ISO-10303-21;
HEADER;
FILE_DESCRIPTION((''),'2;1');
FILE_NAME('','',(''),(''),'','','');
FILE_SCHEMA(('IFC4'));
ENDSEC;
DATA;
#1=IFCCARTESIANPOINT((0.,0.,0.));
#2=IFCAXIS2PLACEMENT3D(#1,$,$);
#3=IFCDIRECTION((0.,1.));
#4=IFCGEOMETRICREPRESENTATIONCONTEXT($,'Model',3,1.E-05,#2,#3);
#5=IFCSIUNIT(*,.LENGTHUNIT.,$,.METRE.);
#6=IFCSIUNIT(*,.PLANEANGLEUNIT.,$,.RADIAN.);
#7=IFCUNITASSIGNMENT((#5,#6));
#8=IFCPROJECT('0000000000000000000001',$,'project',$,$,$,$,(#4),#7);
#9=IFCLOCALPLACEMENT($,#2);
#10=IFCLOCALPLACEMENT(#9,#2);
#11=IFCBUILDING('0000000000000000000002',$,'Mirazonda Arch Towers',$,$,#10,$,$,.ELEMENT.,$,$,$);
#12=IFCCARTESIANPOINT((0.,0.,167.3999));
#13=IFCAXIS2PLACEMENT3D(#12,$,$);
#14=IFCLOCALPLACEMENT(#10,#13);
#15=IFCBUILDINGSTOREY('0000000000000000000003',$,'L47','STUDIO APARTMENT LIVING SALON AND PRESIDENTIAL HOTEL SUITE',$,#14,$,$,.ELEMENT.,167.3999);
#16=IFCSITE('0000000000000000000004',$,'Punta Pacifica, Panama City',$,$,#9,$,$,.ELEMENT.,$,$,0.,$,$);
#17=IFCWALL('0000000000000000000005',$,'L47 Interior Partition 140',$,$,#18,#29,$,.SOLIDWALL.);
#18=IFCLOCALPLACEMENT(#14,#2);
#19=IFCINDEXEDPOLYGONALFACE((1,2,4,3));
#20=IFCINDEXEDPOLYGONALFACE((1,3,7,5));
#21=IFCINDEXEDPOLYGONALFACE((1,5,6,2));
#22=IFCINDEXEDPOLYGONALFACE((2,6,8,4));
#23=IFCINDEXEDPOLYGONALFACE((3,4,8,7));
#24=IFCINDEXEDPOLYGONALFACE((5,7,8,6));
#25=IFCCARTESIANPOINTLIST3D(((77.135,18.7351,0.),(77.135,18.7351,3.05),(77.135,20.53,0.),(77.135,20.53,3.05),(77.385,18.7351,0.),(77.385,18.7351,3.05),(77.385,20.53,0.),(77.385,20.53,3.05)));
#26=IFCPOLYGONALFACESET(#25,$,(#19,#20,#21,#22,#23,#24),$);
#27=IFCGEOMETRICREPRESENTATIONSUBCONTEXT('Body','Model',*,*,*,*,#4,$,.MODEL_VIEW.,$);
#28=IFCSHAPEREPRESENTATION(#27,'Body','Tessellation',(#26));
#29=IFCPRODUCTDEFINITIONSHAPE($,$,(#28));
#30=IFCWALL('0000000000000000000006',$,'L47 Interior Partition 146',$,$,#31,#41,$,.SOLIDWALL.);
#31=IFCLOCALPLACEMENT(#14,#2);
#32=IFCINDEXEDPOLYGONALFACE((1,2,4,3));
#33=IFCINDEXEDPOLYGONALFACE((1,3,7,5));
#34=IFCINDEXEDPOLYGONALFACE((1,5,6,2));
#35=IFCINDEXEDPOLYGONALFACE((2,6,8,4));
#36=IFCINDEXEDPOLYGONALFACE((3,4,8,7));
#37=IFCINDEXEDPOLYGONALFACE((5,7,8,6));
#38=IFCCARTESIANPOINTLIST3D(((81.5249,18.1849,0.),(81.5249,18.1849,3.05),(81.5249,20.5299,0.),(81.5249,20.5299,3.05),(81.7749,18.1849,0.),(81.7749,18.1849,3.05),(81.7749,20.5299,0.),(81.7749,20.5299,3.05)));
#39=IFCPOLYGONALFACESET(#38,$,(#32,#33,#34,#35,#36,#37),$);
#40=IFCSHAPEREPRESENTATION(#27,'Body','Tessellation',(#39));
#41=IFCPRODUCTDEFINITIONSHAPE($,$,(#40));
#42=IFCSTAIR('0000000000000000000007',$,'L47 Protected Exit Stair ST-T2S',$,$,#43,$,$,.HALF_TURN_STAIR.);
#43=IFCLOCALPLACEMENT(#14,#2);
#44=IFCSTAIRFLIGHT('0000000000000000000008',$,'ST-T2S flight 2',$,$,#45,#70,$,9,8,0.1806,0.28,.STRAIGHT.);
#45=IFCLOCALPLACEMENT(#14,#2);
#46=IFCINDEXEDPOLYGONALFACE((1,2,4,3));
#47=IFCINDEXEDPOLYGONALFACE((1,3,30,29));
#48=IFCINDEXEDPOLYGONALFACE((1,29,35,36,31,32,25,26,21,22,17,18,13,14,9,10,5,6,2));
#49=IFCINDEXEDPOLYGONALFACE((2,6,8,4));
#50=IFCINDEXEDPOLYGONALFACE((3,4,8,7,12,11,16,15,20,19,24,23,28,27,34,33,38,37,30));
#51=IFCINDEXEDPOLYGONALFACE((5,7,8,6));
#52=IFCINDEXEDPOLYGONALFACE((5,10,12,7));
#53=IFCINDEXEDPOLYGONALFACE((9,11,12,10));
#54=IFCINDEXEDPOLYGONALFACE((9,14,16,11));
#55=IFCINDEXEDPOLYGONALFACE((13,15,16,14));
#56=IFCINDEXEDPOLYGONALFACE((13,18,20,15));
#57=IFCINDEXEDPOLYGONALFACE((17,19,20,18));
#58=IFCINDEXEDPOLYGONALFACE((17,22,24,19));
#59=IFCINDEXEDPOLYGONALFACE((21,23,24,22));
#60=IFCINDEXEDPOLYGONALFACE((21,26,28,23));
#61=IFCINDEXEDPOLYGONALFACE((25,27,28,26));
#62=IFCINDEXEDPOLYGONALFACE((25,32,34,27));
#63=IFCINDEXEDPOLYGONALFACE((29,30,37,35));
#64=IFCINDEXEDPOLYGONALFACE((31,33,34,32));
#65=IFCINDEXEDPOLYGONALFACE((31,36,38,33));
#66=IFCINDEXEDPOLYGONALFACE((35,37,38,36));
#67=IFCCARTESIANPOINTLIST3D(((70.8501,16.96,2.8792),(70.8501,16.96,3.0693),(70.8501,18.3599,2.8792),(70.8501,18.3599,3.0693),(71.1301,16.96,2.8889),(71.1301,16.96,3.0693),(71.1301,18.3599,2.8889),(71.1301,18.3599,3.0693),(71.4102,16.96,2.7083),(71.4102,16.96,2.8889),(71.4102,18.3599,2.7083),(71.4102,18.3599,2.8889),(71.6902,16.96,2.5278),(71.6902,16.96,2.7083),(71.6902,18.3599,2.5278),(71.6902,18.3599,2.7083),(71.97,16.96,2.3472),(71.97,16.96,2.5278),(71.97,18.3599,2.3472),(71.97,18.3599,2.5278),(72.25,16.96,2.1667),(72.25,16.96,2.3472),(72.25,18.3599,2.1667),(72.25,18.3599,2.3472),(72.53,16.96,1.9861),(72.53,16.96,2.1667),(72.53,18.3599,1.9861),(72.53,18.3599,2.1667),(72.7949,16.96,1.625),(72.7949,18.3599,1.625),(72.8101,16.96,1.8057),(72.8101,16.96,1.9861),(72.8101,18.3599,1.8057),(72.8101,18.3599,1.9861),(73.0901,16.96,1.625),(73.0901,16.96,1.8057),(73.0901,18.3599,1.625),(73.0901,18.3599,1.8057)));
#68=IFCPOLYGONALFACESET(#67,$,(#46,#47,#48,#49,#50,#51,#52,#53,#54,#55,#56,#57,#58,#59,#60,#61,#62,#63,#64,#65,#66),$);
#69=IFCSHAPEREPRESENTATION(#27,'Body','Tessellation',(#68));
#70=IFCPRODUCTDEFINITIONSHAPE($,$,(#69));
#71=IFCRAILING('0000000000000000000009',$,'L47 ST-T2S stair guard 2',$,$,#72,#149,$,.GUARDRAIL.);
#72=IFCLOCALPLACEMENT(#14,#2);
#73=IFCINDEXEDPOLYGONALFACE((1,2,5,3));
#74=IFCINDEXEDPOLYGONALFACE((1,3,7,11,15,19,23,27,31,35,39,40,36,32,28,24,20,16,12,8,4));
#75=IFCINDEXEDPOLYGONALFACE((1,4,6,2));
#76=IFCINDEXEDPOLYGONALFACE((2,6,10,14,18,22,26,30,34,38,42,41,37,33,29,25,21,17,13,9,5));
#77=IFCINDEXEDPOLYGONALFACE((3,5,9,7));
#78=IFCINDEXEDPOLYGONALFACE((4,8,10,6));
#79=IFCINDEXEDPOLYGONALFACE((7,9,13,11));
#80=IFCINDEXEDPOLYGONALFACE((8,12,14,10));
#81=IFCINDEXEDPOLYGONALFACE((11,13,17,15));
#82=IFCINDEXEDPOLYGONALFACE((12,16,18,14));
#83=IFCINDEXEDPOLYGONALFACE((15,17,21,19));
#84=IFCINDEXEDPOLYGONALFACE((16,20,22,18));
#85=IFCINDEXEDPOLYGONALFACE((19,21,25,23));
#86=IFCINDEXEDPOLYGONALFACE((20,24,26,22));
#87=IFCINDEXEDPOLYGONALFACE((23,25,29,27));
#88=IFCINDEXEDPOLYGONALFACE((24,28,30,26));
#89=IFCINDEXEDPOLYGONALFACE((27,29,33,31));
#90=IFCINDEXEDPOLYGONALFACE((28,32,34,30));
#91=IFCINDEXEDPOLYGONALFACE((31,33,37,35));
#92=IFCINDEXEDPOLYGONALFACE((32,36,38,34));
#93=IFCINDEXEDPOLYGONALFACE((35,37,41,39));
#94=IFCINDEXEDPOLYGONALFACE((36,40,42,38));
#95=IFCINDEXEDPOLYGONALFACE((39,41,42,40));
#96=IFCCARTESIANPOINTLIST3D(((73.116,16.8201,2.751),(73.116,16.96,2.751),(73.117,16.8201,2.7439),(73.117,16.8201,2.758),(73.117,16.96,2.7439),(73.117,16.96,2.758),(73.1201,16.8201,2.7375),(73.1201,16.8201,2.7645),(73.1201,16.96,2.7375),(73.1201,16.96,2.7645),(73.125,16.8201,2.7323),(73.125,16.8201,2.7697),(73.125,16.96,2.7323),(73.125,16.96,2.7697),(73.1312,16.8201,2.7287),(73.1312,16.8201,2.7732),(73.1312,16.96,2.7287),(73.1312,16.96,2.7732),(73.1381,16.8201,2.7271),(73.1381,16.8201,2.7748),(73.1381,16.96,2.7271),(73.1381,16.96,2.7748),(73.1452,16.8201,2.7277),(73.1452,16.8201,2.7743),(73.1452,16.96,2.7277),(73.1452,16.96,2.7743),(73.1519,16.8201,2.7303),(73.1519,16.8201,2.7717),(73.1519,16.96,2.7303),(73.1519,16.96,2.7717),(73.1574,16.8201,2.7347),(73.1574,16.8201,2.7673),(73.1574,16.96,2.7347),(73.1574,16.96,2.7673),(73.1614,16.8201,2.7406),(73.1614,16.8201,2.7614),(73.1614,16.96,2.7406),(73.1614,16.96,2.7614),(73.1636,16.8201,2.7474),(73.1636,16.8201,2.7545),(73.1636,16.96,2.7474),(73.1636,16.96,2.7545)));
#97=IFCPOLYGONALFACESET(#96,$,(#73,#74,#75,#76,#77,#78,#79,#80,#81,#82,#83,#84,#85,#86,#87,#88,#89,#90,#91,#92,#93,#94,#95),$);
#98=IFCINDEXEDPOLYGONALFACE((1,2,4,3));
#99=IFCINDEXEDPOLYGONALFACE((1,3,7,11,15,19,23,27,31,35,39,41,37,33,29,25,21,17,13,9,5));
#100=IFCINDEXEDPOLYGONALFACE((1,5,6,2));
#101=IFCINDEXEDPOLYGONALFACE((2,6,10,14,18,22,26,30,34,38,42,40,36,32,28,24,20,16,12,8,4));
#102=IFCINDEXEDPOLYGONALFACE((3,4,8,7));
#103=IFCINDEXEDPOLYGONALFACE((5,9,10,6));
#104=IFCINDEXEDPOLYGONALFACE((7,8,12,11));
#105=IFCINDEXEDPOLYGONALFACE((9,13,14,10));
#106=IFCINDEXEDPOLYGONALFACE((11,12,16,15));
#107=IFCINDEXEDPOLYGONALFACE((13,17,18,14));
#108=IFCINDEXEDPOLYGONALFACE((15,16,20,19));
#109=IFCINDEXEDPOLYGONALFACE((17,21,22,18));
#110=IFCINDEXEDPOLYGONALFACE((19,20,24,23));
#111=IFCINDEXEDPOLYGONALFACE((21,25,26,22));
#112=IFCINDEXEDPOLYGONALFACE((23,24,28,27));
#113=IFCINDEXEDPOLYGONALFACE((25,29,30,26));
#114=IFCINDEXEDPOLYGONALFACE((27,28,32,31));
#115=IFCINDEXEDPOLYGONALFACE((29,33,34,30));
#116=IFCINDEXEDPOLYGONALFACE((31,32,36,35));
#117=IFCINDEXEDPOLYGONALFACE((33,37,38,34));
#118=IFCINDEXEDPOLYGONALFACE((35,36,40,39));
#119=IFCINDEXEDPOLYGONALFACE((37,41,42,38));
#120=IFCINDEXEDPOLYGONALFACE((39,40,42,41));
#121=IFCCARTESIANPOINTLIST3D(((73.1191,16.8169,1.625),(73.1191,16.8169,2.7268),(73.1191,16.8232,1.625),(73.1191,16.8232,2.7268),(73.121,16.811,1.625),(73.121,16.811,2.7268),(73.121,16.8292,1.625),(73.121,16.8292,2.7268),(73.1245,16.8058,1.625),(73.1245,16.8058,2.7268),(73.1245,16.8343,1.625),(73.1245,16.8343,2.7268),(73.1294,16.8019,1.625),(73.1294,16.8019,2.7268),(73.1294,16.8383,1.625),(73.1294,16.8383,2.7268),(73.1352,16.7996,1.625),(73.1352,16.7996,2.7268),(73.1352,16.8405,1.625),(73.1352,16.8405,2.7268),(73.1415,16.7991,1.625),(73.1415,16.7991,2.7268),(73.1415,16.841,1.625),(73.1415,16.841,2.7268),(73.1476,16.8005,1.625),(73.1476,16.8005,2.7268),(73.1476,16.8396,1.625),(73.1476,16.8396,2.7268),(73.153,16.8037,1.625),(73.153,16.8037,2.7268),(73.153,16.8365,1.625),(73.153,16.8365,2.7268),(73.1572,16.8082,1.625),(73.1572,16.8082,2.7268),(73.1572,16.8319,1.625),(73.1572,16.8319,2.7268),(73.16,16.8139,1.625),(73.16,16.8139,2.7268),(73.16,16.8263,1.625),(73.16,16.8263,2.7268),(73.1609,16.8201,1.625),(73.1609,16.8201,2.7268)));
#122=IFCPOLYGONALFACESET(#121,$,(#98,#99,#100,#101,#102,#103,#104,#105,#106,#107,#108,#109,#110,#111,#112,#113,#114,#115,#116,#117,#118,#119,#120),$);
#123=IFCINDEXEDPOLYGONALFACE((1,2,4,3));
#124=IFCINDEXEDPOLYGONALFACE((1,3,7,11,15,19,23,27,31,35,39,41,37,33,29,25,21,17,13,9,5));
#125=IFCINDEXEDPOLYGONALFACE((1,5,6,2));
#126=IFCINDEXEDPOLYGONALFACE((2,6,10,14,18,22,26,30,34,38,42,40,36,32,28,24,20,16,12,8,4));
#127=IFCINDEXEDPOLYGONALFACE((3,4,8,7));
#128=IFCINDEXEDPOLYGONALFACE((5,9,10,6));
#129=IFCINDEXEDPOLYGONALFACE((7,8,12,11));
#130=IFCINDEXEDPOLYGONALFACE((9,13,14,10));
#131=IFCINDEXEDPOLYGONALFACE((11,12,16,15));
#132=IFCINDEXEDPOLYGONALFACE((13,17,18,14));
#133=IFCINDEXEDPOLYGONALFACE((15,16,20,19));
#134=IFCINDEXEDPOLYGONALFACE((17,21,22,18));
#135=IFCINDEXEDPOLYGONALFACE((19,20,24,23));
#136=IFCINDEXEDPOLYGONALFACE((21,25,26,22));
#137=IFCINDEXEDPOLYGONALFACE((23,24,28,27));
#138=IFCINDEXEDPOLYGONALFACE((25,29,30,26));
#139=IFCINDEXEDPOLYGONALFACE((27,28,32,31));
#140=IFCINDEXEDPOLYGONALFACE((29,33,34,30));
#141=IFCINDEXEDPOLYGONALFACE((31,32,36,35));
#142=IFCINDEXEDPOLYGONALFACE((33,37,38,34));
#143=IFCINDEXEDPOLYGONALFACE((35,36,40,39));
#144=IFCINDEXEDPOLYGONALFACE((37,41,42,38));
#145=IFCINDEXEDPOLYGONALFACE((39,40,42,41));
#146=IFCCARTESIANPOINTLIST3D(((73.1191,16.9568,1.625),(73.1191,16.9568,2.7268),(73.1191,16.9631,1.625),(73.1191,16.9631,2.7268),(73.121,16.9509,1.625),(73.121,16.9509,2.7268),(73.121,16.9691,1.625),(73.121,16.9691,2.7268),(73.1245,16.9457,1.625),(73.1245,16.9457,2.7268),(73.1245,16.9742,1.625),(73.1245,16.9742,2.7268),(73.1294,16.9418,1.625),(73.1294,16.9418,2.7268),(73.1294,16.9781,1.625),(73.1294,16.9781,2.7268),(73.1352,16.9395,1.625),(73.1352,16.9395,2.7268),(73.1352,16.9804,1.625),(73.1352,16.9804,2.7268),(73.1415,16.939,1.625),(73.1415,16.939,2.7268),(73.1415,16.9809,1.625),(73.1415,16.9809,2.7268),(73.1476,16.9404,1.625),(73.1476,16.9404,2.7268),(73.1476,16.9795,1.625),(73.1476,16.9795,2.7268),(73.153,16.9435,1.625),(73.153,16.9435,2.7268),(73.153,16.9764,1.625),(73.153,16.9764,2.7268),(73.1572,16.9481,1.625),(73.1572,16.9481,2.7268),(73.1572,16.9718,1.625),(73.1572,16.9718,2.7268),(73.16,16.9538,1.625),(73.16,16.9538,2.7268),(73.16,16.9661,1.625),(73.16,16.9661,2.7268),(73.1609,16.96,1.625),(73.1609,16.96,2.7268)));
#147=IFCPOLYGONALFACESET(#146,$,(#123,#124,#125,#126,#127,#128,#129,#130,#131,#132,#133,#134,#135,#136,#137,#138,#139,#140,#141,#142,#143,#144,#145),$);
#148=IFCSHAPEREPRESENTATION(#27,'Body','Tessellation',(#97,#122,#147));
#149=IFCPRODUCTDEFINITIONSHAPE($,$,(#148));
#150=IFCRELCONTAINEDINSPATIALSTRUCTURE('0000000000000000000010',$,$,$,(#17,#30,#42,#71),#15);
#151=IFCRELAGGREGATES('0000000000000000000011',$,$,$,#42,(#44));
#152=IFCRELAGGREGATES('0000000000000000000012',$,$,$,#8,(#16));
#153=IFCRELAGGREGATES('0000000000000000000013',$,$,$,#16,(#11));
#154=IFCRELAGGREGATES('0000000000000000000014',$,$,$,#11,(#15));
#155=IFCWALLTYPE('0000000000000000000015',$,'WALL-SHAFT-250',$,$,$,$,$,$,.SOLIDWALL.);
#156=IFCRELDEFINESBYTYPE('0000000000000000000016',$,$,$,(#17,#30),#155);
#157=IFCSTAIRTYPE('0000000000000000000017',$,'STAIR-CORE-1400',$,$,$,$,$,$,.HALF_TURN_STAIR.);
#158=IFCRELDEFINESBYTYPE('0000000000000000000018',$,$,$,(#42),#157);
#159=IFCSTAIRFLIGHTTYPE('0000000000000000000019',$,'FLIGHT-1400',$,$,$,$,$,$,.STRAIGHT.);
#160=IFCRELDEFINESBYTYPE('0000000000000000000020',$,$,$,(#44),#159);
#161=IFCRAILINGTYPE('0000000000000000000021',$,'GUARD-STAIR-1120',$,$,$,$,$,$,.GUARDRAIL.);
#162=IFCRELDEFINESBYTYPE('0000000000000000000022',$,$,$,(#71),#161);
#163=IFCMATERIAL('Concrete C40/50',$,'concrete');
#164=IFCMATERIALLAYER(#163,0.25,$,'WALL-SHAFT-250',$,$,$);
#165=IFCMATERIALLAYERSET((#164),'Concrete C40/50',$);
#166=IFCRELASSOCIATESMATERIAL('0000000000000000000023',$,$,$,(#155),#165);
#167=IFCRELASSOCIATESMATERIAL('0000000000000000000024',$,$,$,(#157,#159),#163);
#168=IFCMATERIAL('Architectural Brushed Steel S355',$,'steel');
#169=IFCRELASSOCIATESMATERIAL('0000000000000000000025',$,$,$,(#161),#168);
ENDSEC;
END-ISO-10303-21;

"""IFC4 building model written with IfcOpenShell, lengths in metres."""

from ifc_helpers import new_model, si_unit, direction, frame, frame_2d, origin, origin_2d, place, context, subcontext, project, spatial, polyline, rectangle, circle, outline, extrude, material, layer, layer_set, type_object, element, aggregate, save


model = new_model("IFC4")

# Units and contexts
model_context = context("Model", 3, precision=1e-05, world=origin(), true_north=direction((0.0, 1.0)))
body_context = subcontext(model_context, "Body", "Model", "MODEL_VIEW")
ifc_project = project(units=[si_unit("LENGTHUNIT", "METRE"), si_unit("PLANEANGLEUNIT", "RADIAN")], contexts=[model_context])

# Site, building, storey
site_placement = place(None, origin())
site = spatial("IfcSite", under=ifc_project, at=site_placement, Name="Punta Pacifica, Panama City", CompositionType="ELEMENT", RefElevation=0.0)
building_placement = place(site_placement, origin())
building = spatial("IfcBuilding", under=site, at=building_placement, Name="Mirazonda Arch Towers", CompositionType="ELEMENT")
storey_placement = place(building_placement, frame((0.0, 0.0, 167.3999)))
storey = spatial("IfcBuildingStorey", under=building, at=storey_placement, Name="L47", Description="STUDIO APARTMENT LIVING SALON AND PRESIDENTIAL HOTEL SUITE", CompositionType="ELEMENT", Elevation=167.3999)

# Shared definitions
ifc_material_1 = material(Name="Architectural Brushed Steel S355", Category="steel")

# Walls
ifc_material_2 = material(Name="Concrete C40/50", Category="concrete")
ifc_layer_1 = layer(ifc_material_2, 0.25, Name="WALL-SHAFT-250")
ifc_layer_set_1 = layer_set([ifc_layer_1], Name="Concrete C40/50")
wall_type_1 = type_object("IfcWallType", Name="WALL-SHAFT-250", PredefinedType="SOLIDWALL", material=ifc_layer_set_1)
wall_1_placement = place(storey_placement, frame((77.26, 18.7351, 0.0), z_axis=(0.0, 0.0, 1.0), x_axis=(0.0, 1.0, 0.0)))
element("IfcWall", 1, at=wall_1_placement, inside=storey, type_object=wall_type_1, Name="L47 Interior Partition 140", PredefinedType="SOLIDWALL", context=body_context, shape_type="SweptSolid", body=[
    extrude(rectangle(XDim=1.7949, YDim=0.25, at=frame_2d((0.8975, 0.0))), origin(), (0.0, 0.0, 1.0), 3.05),
])
wall_2_placement = place(storey_placement, frame((81.6499, 18.1851, 0.0), z_axis=(0.0, 0.0, 1.0), x_axis=(0.0, 1.0, 0.0)))
element("IfcWall", 2, at=wall_2_placement, inside=storey, type_object=wall_type_1, Name="L47 Interior Partition 146", PredefinedType="SOLIDWALL", context=body_context, shape_type="SweptSolid", body=[
    extrude(rectangle(XDim=2.345, YDim=0.25, at=frame_2d((1.1724, 0.0))), origin(), (0.0, 0.0, 1.0), 3.05),
])

# Stair, stair flight
stair_type = type_object("IfcStairType", Name="STAIR-CORE-1400", PredefinedType="HALF_TURN_STAIR", material=ifc_material_2)
stair_placement = place(storey_placement, origin())
stair = element("IfcStair", 3, at=stair_placement, inside=storey, type_object=stair_type, Name="L47 Protected Exit Stair ST-T2S", PredefinedType="HALF_TURN_STAIR")
stair_flight_type = type_object("IfcStairFlightType", Name="FLIGHT-1400", PredefinedType="STRAIGHT", material=ifc_material_2)
stair_flight_placement = place(storey_placement, frame((73.0901, 17.6599, 1.625), z_axis=(0.0, 0.0, 1.0), x_axis=(-1.0, 0.0, 0.0)))
stair_flight = element("IfcStairFlight", 4, at=stair_flight_placement, type_object=stair_flight_type, Name="ST-T2S flight 2", NumberOfRisers=9, NumberOfTreads=8, PredefinedType="STRAIGHT", RiserHeight=0.1806, TreadLength=0.28, context=body_context, shape_type="SweptSolid", body=[
    extrude(outline(polyline([(0.0, 0.0), (0.0, 0.1807), (0.28, 0.1807), (0.28, 0.3611), (0.5601, 0.3611), (0.5601, 0.5417), (0.8401, 0.5417), (0.8401, 0.7222), (1.1201, 0.7222), (1.1201, 0.9028), (1.3999, 0.9028), (1.3999, 1.0833), (1.6799, 1.0833), (1.6799, 1.2639), (1.96, 1.2639), (1.96, 1.4443), (2.24, 1.4443), (2.24, 1.625), (2.24, 1.2542), (0.2952, 0.0), (0.0, 0.0)])), frame((0.0, 0.7, 0.0), z_axis=(0.0, -1.0, 0.0), x_axis=(1.0, 0.0, 0.0)), (0.0, 0.0, 1.0), 1.3999),
])
aggregate(stair, [stair_flight])

# Railing
railing_type_1 = type_object("IfcRailingType", Name="GUARD-STAIR-1120", PredefinedType="GUARDRAIL", material=ifc_material_1)
railing_1_placement = place(storey_placement, frame((73.1399, 16.8201, 1.625)))
element("IfcRailing", 5, at=railing_1_placement, inside=storey, type_object=railing_type_1, Name="L47 ST-T2S stair guard 2", PredefinedType="GUARDRAIL", context=body_context, shape_type="SweptSolid", body=[
    extrude(circle(Radius=0.0239, at=origin_2d()), frame((0.0, 0.0, 1.126), z_axis=(0.0, 1.0, 0.0), x_axis=(-1.0, 0.0, 0.0)), (0.0, 0.0, 1.0), 0.1399),
    extrude(circle(Radius=0.021, at=origin_2d()), origin(), (0.0, 0.0, 1.0), 1.1018),
    extrude(circle(Radius=0.021, at=origin_2d()), frame((0.0, 0.1399, 0.0)), (0.0, 0.0, 1.0), 1.1018),
])

save(model, "model.ifc")
